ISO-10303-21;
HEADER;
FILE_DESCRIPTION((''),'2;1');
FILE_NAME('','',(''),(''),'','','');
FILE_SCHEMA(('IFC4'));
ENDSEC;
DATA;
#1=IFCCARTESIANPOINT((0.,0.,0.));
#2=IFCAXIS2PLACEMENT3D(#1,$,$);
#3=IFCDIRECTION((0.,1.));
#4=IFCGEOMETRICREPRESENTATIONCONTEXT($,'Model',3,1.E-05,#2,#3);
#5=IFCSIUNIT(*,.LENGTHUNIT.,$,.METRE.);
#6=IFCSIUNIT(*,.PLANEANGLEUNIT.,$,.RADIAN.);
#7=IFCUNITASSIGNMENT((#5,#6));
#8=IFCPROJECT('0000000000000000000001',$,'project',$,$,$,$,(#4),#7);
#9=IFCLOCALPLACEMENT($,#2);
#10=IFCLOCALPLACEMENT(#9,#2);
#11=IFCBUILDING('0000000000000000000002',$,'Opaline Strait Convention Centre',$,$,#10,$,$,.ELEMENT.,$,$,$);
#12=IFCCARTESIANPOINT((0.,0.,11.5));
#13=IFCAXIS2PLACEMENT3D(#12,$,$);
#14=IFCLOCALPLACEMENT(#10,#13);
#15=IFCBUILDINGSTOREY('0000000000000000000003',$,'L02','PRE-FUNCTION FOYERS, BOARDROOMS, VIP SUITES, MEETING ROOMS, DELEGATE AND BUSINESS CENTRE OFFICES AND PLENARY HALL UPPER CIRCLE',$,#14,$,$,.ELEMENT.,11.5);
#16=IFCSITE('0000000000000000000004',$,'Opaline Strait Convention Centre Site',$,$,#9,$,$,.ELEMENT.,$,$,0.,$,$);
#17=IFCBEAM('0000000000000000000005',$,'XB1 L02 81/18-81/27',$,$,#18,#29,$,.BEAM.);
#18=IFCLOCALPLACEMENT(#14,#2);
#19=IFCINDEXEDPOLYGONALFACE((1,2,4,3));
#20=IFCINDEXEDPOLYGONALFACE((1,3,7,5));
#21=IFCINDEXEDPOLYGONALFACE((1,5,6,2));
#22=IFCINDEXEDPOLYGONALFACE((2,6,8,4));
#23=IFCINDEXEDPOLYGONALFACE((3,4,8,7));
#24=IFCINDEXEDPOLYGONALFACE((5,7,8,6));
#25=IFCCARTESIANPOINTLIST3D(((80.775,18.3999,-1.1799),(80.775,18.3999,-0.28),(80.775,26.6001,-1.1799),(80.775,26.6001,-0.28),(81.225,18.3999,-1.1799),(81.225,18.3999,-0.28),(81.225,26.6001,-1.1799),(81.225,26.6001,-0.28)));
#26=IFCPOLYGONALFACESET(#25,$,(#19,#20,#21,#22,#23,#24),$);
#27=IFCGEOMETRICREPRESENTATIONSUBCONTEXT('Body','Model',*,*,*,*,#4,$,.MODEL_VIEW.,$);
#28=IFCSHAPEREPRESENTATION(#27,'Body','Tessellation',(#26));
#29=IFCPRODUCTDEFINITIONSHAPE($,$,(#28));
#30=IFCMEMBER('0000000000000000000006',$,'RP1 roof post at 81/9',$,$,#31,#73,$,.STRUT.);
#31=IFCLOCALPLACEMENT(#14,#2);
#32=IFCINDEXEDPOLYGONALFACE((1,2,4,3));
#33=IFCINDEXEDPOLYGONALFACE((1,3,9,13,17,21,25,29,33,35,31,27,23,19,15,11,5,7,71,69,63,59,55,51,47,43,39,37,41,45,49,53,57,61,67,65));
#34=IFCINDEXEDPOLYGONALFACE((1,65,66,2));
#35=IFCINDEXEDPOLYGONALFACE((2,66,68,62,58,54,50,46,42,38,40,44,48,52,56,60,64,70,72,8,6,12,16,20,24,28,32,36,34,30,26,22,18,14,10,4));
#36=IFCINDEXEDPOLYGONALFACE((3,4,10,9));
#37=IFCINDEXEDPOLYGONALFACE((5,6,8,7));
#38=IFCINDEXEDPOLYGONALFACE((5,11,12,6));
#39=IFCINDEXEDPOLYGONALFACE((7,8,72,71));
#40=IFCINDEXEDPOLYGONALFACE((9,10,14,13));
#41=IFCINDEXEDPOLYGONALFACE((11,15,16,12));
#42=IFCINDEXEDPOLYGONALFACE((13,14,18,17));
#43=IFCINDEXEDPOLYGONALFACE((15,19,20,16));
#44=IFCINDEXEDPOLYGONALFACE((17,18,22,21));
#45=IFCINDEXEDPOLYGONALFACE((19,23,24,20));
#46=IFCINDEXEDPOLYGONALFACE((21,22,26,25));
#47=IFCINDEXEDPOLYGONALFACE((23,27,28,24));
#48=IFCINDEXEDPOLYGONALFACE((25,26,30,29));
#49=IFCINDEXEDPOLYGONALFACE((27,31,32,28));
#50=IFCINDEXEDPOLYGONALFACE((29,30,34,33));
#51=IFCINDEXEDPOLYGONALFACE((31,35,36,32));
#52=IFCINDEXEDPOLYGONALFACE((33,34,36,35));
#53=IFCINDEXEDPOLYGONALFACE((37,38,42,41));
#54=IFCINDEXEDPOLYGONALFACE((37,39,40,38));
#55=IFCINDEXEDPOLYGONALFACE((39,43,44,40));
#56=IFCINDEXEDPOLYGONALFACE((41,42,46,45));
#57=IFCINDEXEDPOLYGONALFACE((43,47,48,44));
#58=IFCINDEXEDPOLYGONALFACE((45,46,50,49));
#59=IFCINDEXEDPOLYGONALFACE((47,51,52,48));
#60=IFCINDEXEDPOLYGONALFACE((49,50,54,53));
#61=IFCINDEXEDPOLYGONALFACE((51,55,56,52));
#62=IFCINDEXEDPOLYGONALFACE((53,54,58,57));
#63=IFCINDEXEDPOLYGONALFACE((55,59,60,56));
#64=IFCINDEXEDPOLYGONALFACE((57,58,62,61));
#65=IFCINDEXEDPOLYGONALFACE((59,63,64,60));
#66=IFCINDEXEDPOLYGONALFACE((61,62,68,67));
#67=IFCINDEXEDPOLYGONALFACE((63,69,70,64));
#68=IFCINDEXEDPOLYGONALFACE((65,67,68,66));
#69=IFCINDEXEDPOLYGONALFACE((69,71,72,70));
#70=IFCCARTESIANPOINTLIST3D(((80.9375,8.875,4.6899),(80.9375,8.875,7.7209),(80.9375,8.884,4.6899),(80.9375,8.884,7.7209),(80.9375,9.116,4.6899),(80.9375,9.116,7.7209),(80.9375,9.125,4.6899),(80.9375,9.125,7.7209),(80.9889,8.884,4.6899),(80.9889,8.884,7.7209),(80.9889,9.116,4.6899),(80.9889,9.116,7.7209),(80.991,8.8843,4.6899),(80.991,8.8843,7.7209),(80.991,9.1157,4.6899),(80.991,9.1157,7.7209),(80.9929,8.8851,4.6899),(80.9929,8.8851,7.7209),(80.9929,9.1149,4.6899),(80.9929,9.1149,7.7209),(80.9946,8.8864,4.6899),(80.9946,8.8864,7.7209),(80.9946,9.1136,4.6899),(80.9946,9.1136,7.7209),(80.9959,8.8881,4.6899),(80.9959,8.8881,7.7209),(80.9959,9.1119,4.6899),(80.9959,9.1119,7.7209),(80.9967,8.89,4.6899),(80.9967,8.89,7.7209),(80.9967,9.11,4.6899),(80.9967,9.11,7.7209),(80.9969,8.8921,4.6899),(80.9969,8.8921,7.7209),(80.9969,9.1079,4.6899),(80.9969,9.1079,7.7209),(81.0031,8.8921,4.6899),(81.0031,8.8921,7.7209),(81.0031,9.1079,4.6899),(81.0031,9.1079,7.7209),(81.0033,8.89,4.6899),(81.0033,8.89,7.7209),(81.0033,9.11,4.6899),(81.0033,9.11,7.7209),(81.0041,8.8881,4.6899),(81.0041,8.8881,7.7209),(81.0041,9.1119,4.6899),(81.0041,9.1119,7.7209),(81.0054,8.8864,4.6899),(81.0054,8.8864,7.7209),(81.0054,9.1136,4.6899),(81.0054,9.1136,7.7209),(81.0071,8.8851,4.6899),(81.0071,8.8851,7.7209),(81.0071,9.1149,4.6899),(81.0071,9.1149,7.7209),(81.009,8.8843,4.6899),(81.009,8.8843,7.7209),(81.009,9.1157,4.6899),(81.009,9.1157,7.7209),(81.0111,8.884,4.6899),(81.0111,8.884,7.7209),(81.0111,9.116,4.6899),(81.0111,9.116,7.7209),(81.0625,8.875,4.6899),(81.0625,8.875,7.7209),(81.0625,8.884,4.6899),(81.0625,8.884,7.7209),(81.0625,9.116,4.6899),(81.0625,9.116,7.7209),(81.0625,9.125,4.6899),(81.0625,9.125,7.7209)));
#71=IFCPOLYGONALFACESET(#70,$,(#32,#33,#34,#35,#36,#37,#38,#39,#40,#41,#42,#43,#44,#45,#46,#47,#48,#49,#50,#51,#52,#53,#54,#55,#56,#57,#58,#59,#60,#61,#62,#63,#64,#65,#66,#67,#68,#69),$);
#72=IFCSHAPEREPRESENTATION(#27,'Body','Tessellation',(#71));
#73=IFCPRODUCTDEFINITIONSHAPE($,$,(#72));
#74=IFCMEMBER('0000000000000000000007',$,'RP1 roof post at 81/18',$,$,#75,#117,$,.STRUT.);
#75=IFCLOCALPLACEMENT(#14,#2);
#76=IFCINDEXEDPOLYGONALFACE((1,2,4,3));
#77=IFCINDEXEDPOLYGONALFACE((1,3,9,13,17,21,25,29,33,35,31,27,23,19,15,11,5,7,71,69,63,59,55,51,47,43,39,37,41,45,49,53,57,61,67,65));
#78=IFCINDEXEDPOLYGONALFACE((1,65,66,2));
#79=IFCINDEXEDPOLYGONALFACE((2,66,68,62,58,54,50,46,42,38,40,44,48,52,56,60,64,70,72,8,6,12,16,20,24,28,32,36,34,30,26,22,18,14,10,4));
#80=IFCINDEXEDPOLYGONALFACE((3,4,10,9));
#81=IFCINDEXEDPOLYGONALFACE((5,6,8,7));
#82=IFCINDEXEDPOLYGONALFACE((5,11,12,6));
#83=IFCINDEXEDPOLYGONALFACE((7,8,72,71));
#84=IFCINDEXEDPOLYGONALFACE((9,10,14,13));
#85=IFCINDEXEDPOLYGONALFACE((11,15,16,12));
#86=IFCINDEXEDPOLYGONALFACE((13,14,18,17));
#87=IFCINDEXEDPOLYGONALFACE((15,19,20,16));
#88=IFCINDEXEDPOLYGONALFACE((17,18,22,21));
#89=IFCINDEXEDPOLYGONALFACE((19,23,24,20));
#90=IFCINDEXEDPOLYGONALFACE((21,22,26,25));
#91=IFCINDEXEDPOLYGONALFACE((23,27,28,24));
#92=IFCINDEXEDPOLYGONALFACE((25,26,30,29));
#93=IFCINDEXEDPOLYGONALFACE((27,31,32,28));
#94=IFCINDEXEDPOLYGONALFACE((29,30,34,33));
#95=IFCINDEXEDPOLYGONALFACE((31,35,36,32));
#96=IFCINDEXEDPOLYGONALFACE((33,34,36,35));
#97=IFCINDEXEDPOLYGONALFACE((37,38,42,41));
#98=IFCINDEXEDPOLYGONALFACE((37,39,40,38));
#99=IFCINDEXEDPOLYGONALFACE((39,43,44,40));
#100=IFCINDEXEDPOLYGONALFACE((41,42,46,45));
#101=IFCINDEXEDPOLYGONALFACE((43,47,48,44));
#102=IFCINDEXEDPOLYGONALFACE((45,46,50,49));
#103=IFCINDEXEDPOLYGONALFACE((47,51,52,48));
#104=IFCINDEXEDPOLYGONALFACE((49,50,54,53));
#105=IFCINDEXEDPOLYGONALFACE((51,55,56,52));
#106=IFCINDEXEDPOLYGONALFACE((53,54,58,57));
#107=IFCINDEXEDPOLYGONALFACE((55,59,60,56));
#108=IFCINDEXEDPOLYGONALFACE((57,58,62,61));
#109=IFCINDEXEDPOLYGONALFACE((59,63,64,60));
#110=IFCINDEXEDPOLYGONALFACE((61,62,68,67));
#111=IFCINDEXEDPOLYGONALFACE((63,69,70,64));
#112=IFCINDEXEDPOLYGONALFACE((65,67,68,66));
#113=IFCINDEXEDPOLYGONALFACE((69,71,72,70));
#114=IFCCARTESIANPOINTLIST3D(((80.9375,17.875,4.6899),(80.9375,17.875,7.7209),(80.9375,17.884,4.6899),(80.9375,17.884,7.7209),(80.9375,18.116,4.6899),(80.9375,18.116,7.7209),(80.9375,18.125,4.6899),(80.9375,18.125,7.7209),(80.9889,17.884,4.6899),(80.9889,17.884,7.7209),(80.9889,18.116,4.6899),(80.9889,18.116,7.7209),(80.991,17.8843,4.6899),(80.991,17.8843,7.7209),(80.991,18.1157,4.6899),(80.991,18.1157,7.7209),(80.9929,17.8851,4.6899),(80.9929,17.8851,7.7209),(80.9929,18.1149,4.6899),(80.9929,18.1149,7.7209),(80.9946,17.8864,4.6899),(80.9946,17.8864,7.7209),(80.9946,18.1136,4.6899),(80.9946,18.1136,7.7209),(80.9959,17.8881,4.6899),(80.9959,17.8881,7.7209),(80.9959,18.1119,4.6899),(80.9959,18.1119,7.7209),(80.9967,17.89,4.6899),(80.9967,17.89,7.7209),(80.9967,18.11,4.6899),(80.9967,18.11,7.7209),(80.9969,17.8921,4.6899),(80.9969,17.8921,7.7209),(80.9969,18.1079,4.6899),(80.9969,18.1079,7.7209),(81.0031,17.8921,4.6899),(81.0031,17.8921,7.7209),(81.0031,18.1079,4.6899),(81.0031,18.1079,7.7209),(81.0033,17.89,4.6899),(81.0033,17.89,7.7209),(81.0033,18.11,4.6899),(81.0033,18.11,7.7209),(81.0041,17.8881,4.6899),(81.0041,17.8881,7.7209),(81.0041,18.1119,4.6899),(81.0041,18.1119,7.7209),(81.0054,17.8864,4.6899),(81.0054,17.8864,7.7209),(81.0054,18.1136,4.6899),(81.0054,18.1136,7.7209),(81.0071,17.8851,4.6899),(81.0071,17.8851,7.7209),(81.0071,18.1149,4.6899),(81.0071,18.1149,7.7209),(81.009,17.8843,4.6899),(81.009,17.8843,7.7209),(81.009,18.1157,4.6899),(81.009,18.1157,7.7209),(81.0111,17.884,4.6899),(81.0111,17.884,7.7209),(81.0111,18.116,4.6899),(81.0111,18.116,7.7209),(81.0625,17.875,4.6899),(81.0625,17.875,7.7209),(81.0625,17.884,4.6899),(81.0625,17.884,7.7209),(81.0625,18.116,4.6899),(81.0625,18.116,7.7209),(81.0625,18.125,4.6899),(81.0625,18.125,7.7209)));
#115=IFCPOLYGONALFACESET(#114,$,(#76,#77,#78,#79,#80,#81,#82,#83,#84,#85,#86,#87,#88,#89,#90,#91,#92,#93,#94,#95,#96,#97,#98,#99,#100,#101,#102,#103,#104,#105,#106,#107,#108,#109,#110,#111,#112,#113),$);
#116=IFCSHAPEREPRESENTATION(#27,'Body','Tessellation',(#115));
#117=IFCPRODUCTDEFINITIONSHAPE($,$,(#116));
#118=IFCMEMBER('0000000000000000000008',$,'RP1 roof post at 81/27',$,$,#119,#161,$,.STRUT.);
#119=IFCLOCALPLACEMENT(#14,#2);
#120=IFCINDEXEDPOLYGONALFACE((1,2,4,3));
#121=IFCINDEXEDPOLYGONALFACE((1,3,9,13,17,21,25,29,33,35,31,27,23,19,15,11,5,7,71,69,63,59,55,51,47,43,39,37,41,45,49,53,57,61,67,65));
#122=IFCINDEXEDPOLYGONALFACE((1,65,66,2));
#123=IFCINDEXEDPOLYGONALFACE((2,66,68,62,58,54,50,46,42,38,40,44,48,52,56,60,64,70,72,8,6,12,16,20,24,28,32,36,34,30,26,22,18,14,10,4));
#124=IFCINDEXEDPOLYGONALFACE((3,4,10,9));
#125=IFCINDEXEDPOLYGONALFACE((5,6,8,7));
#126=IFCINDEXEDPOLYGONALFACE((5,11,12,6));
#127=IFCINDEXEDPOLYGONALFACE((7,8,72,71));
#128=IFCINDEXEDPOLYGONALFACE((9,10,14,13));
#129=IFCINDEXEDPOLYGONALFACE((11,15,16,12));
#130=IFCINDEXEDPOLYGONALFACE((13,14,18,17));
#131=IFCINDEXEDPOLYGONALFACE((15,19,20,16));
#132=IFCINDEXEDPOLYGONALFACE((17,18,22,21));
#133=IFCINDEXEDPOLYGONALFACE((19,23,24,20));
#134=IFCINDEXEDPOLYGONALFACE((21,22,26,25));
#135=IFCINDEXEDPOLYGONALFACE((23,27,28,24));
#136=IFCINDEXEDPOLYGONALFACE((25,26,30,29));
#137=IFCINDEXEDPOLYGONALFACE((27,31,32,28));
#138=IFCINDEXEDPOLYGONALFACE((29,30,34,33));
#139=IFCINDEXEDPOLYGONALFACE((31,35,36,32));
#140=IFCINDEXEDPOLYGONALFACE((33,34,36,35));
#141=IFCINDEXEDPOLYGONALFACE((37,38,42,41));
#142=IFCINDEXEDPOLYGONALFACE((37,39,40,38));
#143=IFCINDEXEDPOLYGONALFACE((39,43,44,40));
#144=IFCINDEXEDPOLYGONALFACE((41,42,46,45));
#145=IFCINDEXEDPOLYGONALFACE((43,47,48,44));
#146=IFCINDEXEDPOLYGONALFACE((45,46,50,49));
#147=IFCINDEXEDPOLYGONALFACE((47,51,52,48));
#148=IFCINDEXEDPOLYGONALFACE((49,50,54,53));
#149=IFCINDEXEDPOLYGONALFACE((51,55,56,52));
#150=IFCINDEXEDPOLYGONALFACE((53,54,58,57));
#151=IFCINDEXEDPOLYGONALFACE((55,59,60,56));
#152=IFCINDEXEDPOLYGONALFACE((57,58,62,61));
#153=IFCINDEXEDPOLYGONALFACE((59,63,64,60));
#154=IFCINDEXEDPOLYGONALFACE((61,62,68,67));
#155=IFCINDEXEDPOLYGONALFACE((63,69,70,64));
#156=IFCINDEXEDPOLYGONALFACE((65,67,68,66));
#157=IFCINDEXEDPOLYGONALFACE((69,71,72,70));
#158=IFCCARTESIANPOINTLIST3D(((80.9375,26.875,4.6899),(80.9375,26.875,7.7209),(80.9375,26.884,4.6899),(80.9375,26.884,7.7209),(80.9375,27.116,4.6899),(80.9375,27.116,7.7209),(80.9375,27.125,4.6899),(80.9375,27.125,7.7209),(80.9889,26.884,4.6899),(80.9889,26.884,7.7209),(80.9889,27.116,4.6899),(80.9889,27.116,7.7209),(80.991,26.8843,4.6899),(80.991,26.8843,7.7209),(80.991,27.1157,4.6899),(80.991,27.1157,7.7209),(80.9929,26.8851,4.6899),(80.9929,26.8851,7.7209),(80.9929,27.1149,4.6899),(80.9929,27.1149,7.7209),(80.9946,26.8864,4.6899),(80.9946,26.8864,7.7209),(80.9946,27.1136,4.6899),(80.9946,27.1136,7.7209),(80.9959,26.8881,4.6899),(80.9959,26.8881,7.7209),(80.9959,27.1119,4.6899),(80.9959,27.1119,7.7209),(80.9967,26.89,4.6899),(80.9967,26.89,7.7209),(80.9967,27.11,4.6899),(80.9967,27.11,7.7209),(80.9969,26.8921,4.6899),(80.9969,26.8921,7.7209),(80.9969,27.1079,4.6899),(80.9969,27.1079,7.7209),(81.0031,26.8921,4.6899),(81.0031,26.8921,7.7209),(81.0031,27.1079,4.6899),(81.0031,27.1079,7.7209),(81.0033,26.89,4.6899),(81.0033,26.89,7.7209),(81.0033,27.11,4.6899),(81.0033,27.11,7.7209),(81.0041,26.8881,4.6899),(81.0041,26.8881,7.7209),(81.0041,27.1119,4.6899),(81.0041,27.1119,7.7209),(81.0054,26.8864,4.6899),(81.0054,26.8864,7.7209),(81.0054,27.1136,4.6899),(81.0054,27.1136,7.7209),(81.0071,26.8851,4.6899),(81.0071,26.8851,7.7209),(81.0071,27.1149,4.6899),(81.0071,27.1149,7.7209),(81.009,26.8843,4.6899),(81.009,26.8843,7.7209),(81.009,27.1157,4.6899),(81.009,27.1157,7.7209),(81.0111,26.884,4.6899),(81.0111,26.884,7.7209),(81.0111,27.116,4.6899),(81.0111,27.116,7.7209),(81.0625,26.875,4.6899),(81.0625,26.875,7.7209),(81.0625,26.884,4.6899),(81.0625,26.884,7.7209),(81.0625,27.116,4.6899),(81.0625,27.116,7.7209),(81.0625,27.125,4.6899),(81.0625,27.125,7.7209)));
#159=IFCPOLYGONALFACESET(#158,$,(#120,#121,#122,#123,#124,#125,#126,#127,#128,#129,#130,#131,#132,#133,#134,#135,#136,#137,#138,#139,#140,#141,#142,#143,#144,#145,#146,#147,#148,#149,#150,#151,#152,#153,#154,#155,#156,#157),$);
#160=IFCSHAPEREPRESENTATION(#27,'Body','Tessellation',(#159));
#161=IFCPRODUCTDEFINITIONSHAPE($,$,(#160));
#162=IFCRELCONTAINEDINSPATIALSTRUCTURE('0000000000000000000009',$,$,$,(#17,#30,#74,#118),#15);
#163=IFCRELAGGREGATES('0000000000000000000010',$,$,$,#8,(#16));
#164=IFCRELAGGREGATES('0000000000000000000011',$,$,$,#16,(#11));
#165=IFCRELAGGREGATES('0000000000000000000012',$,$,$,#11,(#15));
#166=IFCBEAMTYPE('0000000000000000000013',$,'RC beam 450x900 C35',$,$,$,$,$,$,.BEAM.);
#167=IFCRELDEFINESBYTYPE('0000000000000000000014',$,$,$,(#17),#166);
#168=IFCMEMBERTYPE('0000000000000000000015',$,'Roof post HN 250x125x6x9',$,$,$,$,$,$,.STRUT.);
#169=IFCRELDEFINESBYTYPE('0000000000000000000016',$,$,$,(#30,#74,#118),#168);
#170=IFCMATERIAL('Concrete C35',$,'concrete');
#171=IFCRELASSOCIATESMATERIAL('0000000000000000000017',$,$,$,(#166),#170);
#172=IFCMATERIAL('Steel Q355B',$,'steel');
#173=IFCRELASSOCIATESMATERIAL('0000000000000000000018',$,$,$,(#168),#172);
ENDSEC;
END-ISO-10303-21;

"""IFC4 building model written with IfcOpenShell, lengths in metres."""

from ifc_helpers import new_model, si_unit, direction, frame, origin, origin_2d, place, context, subcontext, project, spatial, rectangle, i_section, extrude, material, material_profile, profile_set, type_object, element, save


model = new_model("IFC4")

# Units and contexts
model_context = context("Model", 3, precision=1e-05, world=origin(), true_north=direction((0.0, 1.0)))
body_context = subcontext(model_context, "Body", "Model", "MODEL_VIEW")
ifc_project = project(units=[si_unit("LENGTHUNIT", "METRE"), si_unit("PLANEANGLEUNIT", "RADIAN")], contexts=[model_context])

# Site, building, storey
site_placement = place(None, origin())
site = spatial("IfcSite", under=ifc_project, at=site_placement, Name="Opaline Strait Convention Centre Site", CompositionType="ELEMENT", RefElevation=0.0)
building_placement = place(site_placement, origin())
building = spatial("IfcBuilding", under=site, at=building_placement, Name="Opaline Strait Convention Centre", CompositionType="ELEMENT")
storey_placement = place(building_placement, frame((0.0, 0.0, 11.5)))
storey = spatial("IfcBuildingStorey", under=building, at=storey_placement, Name="L02", Description="PRE-FUNCTION FOYERS, BOARDROOMS, VIP SUITES, MEETING ROOMS, DELEGATE AND BUSINESS CENTRE OFFICES AND PLENARY HALL UPPER CIRCLE", CompositionType="ELEMENT", Elevation=11.5)

# Shared definitions
ifc_material_1 = material(Name="Steel Q355B", Category="steel")

# Beam
ifc_material_2 = material(Name="Concrete C35", Category="concrete")
ifc_material_profile_1 = material_profile(ifc_material_2, rectangle(XDim=0.45, YDim=0.8999, at=origin_2d()), Name="RC 450x900")
ifc_profile_set_1 = profile_set([ifc_material_profile_1], Name="Concrete C35")
beam_type = type_object("IfcBeamType", Name="RC beam 450x900 C35", PredefinedType="BEAM", material=ifc_profile_set_1)
for number, where, z_axis, x_axis, name in (
    (1, (81.0, 18.3999, -0.73), (0.0, 1.0, 0.0), (-1.0, 0.0, 0.0), "XB1 L02 81/18-81/27"),
):
    element("IfcBeam", number, at=place(storey_placement, frame(where, z_axis=z_axis, x_axis=x_axis)), inside=storey, type_object=beam_type, Name=name, PredefinedType="BEAM", context=body_context, shape_type="SweptSolid", body=[
        extrude(rectangle(XDim=0.45, YDim=0.8999, at=origin_2d()), origin(), (0.0, 0.0, 1.0), 8.2002),
    ])

# Members
ifc_material_profile_2 = material_profile(ifc_material_1, i_section(OverallWidth=0.125, OverallDepth=0.25, WebThickness=0.0061, FlangeThickness=0.009, FilletRadius=0.0081, at=origin_2d()), Name="HN 250x125x6x9")
ifc_profile_set_2 = profile_set([ifc_material_profile_2], Name="Steel Q355B")
member_type_1 = type_object("IfcMemberType", Name="Roof post HN 250x125x6x9", PredefinedType="STRUT", material=ifc_profile_set_2)
for number, where, z_axis, x_axis, name in (
    (2, (81.0, 9.0, 4.6899), (0.0, 0.0, 1.0), (1.0, 0.0, 0.0), "RP1 roof post at 81/9"),
    (3, (81.0, 18.0, 4.6899), (0.0, 0.0, 1.0), (1.0, 0.0, 0.0), "RP1 roof post at 81/18"),
    (4, (81.0, 27.0, 4.6899), (0.0, 0.0, 1.0), (1.0, 0.0, 0.0), "RP1 roof post at 81/27"),
):
    element("IfcMember", number, at=place(storey_placement, frame(where, z_axis=z_axis, x_axis=x_axis)), inside=storey, type_object=member_type_1, Name=name, PredefinedType="STRUT", context=body_context, shape_type="SweptSolid", body=[
        extrude(i_section(OverallWidth=0.125, OverallDepth=0.25, WebThickness=0.0061, FlangeThickness=0.009, FilletRadius=0.0081, at=origin_2d()), origin(), (0.0, 0.0, 1.0), 3.031),
    ])

save(model, "model.ifc")
